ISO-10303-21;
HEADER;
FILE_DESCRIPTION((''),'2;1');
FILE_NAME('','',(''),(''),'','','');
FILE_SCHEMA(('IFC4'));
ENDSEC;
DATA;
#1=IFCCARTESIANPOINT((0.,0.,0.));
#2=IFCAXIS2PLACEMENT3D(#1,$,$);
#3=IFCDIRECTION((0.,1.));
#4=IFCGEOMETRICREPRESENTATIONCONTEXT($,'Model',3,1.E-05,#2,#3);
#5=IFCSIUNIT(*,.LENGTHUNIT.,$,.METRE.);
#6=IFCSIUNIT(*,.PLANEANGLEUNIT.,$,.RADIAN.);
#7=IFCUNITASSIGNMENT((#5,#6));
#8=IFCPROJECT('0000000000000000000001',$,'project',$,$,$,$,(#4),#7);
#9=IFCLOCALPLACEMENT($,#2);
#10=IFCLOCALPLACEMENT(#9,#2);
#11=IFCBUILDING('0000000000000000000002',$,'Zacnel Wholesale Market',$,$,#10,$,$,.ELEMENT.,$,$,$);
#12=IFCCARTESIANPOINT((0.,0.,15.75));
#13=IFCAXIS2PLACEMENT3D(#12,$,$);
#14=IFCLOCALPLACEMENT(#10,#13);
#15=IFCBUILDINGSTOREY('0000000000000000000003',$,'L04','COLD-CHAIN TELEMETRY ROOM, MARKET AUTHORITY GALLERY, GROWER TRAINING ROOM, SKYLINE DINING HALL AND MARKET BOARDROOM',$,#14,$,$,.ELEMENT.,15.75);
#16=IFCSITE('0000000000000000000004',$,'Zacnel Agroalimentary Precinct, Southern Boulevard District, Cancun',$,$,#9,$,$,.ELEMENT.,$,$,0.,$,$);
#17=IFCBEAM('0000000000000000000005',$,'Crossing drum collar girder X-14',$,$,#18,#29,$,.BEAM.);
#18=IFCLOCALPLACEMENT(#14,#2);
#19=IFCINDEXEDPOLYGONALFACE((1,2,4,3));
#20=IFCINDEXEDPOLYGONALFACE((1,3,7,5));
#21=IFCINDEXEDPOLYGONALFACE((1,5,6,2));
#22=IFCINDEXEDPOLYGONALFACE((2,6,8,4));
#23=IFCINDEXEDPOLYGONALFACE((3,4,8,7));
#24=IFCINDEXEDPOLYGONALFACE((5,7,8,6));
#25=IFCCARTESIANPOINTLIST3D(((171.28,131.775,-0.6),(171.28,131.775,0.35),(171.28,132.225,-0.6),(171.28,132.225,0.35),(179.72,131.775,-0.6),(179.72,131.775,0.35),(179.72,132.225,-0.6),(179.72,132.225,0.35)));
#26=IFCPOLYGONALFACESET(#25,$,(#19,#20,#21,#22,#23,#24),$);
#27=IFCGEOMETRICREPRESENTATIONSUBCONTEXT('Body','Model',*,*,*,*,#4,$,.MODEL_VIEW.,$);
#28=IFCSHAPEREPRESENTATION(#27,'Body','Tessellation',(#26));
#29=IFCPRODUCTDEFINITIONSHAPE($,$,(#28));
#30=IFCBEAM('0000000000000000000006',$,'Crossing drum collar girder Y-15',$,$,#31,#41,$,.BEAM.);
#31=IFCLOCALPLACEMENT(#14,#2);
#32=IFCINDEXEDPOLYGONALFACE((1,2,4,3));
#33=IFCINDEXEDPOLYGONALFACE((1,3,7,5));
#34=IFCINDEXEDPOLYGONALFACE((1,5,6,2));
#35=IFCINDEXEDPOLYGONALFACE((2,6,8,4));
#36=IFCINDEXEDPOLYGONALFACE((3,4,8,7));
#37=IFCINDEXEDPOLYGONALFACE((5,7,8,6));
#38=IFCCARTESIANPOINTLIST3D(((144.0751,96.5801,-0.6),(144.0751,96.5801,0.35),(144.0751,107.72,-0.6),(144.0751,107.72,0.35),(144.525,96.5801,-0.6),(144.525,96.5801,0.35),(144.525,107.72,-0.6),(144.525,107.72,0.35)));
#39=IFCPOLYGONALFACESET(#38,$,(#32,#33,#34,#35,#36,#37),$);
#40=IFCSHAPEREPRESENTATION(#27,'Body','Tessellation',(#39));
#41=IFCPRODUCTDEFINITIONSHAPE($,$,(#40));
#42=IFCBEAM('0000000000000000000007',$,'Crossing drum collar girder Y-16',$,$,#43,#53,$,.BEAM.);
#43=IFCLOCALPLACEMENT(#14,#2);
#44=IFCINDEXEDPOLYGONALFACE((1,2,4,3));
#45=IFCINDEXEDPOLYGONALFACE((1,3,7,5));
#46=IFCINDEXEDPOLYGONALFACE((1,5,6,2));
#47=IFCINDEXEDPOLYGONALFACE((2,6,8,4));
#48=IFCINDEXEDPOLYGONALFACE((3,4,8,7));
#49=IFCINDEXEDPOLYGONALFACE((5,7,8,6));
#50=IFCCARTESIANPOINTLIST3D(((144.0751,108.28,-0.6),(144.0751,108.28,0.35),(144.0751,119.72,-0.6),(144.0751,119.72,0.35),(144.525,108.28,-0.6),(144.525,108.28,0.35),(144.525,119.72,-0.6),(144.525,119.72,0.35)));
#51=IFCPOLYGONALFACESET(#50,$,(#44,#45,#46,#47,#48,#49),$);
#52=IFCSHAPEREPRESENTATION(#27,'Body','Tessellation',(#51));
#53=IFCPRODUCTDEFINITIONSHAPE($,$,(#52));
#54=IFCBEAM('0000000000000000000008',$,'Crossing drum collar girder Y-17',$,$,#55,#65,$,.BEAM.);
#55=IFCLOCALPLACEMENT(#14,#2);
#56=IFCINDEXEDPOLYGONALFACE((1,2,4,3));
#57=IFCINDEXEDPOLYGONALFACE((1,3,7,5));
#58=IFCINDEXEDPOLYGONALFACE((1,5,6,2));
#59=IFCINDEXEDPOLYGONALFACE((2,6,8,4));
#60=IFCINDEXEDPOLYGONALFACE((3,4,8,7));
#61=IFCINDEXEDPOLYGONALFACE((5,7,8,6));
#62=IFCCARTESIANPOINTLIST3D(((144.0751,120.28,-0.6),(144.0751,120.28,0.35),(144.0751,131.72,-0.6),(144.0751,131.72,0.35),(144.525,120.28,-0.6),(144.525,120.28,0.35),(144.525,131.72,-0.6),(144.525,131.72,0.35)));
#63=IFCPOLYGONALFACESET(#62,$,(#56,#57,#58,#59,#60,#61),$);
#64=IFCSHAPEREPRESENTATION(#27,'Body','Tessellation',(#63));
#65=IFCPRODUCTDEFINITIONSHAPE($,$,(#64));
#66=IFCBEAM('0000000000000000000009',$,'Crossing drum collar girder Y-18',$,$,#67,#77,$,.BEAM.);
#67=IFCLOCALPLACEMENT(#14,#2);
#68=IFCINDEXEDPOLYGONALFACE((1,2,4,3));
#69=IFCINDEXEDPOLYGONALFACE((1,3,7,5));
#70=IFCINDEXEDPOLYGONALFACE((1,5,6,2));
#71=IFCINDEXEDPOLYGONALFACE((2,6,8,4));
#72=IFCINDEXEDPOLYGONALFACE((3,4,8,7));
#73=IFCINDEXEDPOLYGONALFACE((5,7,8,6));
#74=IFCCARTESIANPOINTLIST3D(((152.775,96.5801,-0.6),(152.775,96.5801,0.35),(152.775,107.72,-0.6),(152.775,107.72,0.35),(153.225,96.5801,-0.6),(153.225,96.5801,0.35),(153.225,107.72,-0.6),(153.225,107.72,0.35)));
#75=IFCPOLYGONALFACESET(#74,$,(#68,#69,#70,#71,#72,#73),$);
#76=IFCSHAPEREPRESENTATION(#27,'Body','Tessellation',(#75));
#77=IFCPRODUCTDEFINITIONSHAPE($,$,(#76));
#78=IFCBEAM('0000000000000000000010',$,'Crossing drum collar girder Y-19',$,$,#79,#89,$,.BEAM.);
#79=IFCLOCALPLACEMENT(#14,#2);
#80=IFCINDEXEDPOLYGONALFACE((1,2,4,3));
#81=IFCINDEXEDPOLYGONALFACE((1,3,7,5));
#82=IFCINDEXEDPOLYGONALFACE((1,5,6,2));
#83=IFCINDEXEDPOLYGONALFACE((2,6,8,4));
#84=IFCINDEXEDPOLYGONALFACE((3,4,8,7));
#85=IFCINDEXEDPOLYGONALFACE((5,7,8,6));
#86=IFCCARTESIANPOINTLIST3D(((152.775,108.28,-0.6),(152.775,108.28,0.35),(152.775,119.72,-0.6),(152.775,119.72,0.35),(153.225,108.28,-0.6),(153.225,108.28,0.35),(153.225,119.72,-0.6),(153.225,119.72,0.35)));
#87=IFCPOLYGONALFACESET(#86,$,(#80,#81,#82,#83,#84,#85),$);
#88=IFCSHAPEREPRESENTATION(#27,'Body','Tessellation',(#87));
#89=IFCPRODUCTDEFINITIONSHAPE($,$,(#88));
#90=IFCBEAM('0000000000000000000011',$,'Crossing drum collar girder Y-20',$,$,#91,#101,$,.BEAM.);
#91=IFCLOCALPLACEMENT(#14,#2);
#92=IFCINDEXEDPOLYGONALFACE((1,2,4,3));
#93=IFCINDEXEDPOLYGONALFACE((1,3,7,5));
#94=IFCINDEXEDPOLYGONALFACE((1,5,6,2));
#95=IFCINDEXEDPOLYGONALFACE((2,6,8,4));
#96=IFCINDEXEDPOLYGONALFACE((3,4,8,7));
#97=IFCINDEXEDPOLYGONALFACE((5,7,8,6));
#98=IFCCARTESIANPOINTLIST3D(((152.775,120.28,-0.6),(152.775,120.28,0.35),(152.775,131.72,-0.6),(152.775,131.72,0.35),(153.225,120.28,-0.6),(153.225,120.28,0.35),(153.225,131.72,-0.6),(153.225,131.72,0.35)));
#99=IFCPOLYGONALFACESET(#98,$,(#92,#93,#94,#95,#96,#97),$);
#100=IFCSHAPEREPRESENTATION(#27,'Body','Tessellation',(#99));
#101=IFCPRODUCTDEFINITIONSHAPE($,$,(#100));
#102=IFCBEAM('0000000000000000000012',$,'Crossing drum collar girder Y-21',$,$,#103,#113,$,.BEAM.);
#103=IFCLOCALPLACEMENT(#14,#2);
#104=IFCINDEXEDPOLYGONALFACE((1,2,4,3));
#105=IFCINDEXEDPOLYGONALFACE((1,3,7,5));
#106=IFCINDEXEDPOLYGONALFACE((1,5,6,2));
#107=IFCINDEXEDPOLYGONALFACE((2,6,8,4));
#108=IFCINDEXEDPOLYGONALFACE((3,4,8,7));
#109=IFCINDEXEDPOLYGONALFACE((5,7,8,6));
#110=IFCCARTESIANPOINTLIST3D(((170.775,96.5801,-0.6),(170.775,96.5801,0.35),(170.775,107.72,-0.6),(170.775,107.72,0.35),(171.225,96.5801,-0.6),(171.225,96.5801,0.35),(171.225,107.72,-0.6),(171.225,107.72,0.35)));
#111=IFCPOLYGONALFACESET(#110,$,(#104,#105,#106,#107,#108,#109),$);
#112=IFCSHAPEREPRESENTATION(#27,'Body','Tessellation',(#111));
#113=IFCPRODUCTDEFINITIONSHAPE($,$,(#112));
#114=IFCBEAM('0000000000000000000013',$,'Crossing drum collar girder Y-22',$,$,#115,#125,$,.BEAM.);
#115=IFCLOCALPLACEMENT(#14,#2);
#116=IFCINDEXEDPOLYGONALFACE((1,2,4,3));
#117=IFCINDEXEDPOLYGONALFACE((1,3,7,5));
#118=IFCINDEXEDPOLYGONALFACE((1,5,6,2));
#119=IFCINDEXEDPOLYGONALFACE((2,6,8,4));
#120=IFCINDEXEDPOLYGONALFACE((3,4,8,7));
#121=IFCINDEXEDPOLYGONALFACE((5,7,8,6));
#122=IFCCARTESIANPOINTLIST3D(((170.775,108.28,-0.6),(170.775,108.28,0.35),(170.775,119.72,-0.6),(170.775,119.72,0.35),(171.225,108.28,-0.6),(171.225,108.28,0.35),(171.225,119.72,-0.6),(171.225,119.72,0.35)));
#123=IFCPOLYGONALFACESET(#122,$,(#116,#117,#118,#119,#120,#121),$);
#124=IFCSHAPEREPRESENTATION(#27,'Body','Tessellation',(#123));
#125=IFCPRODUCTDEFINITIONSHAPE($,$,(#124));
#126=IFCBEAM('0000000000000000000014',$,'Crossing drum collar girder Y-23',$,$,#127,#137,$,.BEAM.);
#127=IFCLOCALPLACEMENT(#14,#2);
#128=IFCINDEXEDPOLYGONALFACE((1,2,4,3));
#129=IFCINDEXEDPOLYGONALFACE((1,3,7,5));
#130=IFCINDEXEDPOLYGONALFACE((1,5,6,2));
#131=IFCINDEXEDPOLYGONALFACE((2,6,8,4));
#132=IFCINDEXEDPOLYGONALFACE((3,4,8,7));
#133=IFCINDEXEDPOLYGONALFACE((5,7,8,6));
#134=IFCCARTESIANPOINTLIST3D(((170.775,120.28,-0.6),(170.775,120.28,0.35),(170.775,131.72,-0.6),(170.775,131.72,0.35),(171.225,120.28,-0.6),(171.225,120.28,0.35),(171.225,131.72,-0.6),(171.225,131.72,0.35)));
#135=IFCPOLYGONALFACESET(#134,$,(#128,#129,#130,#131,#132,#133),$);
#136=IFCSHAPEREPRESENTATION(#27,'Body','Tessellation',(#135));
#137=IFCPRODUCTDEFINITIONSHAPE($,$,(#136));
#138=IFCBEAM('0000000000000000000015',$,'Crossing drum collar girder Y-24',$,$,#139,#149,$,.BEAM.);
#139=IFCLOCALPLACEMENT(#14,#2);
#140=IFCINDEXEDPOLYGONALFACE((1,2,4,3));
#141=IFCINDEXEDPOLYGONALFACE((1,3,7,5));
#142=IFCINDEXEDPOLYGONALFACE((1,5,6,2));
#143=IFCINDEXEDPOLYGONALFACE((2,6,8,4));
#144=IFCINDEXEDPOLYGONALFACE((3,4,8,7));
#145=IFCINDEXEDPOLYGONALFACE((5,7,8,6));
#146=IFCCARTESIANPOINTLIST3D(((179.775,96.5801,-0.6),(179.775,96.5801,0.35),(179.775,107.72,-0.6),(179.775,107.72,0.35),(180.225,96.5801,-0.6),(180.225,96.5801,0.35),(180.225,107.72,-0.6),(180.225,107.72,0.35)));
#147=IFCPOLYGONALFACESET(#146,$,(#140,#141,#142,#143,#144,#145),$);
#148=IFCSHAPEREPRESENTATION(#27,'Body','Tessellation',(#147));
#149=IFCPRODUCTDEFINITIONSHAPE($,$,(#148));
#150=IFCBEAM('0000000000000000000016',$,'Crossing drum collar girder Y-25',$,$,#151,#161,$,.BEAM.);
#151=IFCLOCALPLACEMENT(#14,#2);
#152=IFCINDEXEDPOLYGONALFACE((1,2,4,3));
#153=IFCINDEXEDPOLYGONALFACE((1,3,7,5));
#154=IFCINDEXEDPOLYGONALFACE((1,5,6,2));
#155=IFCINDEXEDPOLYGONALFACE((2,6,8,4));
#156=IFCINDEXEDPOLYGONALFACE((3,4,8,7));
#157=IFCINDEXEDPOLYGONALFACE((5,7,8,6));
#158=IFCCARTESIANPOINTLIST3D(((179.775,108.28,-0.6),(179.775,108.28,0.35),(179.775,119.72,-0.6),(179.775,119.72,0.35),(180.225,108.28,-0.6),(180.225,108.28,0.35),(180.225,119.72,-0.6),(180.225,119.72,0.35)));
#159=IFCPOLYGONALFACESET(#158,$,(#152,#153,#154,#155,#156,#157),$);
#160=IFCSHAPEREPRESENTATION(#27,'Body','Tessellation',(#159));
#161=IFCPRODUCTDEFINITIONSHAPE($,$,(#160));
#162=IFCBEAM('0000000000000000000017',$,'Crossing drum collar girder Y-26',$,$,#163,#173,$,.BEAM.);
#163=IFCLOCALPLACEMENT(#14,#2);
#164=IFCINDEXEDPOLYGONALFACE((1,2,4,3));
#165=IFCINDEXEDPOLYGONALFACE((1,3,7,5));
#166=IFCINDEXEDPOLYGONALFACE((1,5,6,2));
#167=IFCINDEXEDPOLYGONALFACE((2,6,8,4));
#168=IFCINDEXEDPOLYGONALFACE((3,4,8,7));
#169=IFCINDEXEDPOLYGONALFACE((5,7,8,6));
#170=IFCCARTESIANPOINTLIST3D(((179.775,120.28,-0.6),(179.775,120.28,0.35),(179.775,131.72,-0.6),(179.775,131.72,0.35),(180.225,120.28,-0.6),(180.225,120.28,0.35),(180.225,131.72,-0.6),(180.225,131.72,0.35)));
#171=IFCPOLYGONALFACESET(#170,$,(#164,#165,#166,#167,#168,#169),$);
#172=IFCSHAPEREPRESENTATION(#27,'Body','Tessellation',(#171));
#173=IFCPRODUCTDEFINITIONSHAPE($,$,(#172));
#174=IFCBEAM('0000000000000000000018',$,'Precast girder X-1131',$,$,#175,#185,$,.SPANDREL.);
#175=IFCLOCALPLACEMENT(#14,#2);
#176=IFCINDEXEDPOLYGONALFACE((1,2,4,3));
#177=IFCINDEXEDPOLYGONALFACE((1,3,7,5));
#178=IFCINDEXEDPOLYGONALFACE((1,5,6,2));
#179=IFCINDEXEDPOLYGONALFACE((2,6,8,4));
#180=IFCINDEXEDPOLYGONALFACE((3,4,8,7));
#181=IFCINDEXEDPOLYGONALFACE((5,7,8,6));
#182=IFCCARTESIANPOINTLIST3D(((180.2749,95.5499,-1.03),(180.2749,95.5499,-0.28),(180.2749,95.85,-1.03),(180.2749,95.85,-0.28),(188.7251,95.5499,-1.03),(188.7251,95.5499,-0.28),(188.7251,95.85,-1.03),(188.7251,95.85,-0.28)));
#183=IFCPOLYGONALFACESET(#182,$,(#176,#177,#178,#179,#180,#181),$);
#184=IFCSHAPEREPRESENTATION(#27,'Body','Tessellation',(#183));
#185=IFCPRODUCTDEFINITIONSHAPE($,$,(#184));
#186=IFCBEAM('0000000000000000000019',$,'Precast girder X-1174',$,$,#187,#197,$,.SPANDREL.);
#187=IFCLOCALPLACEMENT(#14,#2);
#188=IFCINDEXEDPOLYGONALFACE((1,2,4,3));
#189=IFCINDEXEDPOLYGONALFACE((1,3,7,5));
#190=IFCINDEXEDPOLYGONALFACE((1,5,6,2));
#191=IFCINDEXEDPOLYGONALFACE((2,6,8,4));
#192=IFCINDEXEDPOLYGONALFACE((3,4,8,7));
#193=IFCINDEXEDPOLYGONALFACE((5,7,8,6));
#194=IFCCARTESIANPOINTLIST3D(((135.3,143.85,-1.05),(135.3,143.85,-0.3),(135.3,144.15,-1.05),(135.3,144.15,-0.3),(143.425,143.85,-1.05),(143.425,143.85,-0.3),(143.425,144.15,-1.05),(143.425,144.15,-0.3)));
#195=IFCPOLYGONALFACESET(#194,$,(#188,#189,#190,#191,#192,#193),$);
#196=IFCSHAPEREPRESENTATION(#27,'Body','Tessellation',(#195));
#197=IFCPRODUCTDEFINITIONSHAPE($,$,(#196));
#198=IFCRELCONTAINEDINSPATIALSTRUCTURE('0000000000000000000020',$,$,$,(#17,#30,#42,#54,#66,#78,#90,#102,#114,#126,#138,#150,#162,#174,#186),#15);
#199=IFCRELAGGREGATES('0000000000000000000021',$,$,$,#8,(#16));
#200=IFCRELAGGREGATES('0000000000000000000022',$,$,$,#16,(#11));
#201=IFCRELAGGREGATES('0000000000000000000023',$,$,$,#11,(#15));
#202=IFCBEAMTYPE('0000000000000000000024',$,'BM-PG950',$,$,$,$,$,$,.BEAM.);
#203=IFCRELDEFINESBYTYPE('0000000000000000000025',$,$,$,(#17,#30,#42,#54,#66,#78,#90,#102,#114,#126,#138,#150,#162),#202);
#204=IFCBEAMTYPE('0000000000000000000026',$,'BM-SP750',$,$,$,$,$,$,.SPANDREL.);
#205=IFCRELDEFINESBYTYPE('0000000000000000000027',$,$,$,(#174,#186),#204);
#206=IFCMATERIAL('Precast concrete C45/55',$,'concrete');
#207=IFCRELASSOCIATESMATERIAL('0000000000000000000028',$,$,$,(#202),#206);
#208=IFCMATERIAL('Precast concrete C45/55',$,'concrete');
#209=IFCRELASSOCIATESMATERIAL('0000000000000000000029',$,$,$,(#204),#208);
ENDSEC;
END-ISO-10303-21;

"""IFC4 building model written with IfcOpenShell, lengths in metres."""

from ifc_helpers import new_model, si_unit, direction, frame, origin, origin_2d, place, context, subcontext, project, spatial, rectangle, extrude, material, material_profile, profile_set, type_object, element, save


model = new_model("IFC4")

# Units and contexts
model_context = context("Model", 3, precision=1e-05, world=origin(), true_north=direction((0.0, 1.0)))
body_context = subcontext(model_context, "Body", "Model", "MODEL_VIEW")
ifc_project = project(units=[si_unit("LENGTHUNIT", "METRE"), si_unit("PLANEANGLEUNIT", "RADIAN")], contexts=[model_context])

# Site, building, storey
site_placement = place(None, origin())
site = spatial("IfcSite", under=ifc_project, at=site_placement, Name="Zacnel Agroalimentary Precinct, Southern Boulevard District, Cancun", CompositionType="ELEMENT", RefElevation=0.0)
building_placement = place(site_placement, origin())
building = spatial("IfcBuilding", under=site, at=building_placement, Name="Zacnel Wholesale Market", CompositionType="ELEMENT")
storey_placement = place(building_placement, frame((0.0, 0.0, 15.75)))
storey = spatial("IfcBuildingStorey", under=building, at=storey_placement, Name="L04", Description="COLD-CHAIN TELEMETRY ROOM, MARKET AUTHORITY GALLERY, GROWER TRAINING ROOM, SKYLINE DINING HALL AND MARKET BOARDROOM", CompositionType="ELEMENT", Elevation=15.75)

# Beams
ifc_material_1 = material(Name="Precast concrete C45/55", Category="concrete")
ifc_material_profile_1 = material_profile(ifc_material_1, rectangle(XDim=0.45, YDim=0.95, at=origin_2d()), Name="PG 450x950")
ifc_profile_set_1 = profile_set([ifc_material_profile_1], Name="Precast concrete C45/55")
beam_type_1 = type_object("IfcBeamType", Name="BM-PG950", PredefinedType="BEAM", material=ifc_profile_set_1)
for number, where, z_axis, x_axis, name in (
    (1, (171.28, 132.0, -0.125), (1.0, 0.0, 0.0), (0.0, 1.0, 0.0), "Crossing drum collar girder X-14"),
):
    element("IfcBeam", number, at=place(storey_placement, frame(where, z_axis=z_axis, x_axis=x_axis)), inside=storey, type_object=beam_type_1, Name=name, PredefinedType="BEAM", context=body_context, shape_type="SweptSolid", body=[
        extrude(rectangle(XDim=0.45, YDim=0.95, at=origin_2d()), origin(), (0.0, 0.0, 1.0), 8.4399),
    ])
beam_1_placement = place(storey_placement, frame((144.3, 96.5801, -0.125), z_axis=(0.0, 1.0, 0.0), x_axis=(-1.0, 0.0, 0.0)))
element("IfcBeam", 2, at=beam_1_placement, inside=storey, type_object=beam_type_1, Name="Crossing drum collar girder Y-15", PredefinedType="BEAM", context=body_context, shape_type="SweptSolid", body=[
    extrude(rectangle(XDim=0.45, YDim=0.95, at=origin_2d()), origin(), (0.0, 0.0, 1.0), 11.1399),
])
for number, where, z_axis, x_axis, name in (
    (3, (144.3, 108.28, -0.125), (0.0, 1.0, 0.0), (-1.0, 0.0, 0.0), "Crossing drum collar girder Y-16"),
    (4, (144.3, 120.28, -0.125), (0.0, 1.0, 0.0), (-1.0, 0.0, 0.0), "Crossing drum collar girder Y-17"),
):
    element("IfcBeam", number, at=place(storey_placement, frame(where, z_axis=z_axis, x_axis=x_axis)), inside=storey, type_object=beam_type_1, Name=name, PredefinedType="BEAM", context=body_context, shape_type="SweptSolid", body=[
        extrude(rectangle(XDim=0.45, YDim=0.95, at=origin_2d()), origin(), (0.0, 0.0, 1.0), 11.4399),
    ])
beam_2_placement = place(storey_placement, frame((153.0, 96.5801, -0.125), z_axis=(0.0, 1.0, 0.0), x_axis=(-1.0, 0.0, 0.0)))
element("IfcBeam", 5, at=beam_2_placement, inside=storey, type_object=beam_type_1, Name="Crossing drum collar girder Y-18", PredefinedType="BEAM", context=body_context, shape_type="SweptSolid", body=[
    extrude(rectangle(XDim=0.45, YDim=0.95, at=origin_2d()), origin(), (0.0, 0.0, 1.0), 11.1399),
])
for number, where, z_axis, x_axis, name in (
    (6, (153.0, 108.28, -0.125), (0.0, 1.0, 0.0), (-1.0, 0.0, 0.0), "Crossing drum collar girder Y-19"),
    (7, (153.0, 120.28, -0.125), (0.0, 1.0, 0.0), (-1.0, 0.0, 0.0), "Crossing drum collar girder Y-20"),
):
    element("IfcBeam", number, at=place(storey_placement, frame(where, z_axis=z_axis, x_axis=x_axis)), inside=storey, type_object=beam_type_1, Name=name, PredefinedType="BEAM", context=body_context, shape_type="SweptSolid", body=[
        extrude(rectangle(XDim=0.45, YDim=0.95, at=origin_2d()), origin(), (0.0, 0.0, 1.0), 11.4399),
    ])
beam_3_placement = place(storey_placement, frame((171.0, 96.5801, -0.125), z_axis=(0.0, 1.0, 0.0), x_axis=(-1.0, 0.0, 0.0)))
element("IfcBeam", 8, at=beam_3_placement, inside=storey, type_object=beam_type_1, Name="Crossing drum collar girder Y-21", PredefinedType="BEAM", context=body_context, shape_type="SweptSolid", body=[
    extrude(rectangle(XDim=0.45, YDim=0.95, at=origin_2d()), origin(), (0.0, 0.0, 1.0), 11.1399),
])
for number, where, z_axis, x_axis, name in (
    (9, (171.0, 108.28, -0.125), (0.0, 1.0, 0.0), (-1.0, 0.0, 0.0), "Crossing drum collar girder Y-22"),
    (10, (171.0, 120.28, -0.125), (0.0, 1.0, 0.0), (-1.0, 0.0, 0.0), "Crossing drum collar girder Y-23"),
):
    element("IfcBeam", number, at=place(storey_placement, frame(where, z_axis=z_axis, x_axis=x_axis)), inside=storey, type_object=beam_type_1, Name=name, PredefinedType="BEAM", context=body_context, shape_type="SweptSolid", body=[
        extrude(rectangle(XDim=0.45, YDim=0.95, at=origin_2d()), origin(), (0.0, 0.0, 1.0), 11.4399),
    ])
beam_4_placement = place(storey_placement, frame((180.0, 96.5801, -0.125), z_axis=(0.0, 1.0, 0.0), x_axis=(-1.0, 0.0, 0.0)))
element("IfcBeam", 11, at=beam_4_placement, inside=storey, type_object=beam_type_1, Name="Crossing drum collar girder Y-24", PredefinedType="BEAM", context=body_context, shape_type="SweptSolid", body=[
    extrude(rectangle(XDim=0.45, YDim=0.95, at=origin_2d()), origin(), (0.0, 0.0, 1.0), 11.1399),
])
for number, where, z_axis, x_axis, name in (
    (12, (180.0, 108.28, -0.125), (0.0, 1.0, 0.0), (-1.0, 0.0, 0.0), "Crossing drum collar girder Y-25"),
    (13, (180.0, 120.28, -0.125), (0.0, 1.0, 0.0), (-1.0, 0.0, 0.0), "Crossing drum collar girder Y-26"),
):
    element("IfcBeam", number, at=place(storey_placement, frame(where, z_axis=z_axis, x_axis=x_axis)), inside=storey, type_object=beam_type_1, Name=name, PredefinedType="BEAM", context=body_context, shape_type="SweptSolid", body=[
        extrude(rectangle(XDim=0.45, YDim=0.95, at=origin_2d()), origin(), (0.0, 0.0, 1.0), 11.4399),
    ])
ifc_material_2 = material(Name="Precast concrete C45/55", Category="concrete")
ifc_material_profile_2 = material_profile(ifc_material_2, rectangle(XDim=0.3, YDim=0.75, at=origin_2d()), Name="SP 300x750")
ifc_profile_set_2 = profile_set([ifc_material_profile_2], Name="Precast concrete C45/55")
beam_type_2 = type_object("IfcBeamType", Name="BM-SP750", PredefinedType="SPANDREL", material=ifc_profile_set_2)
beam_5_placement = place(storey_placement, frame((180.2749, 95.7, -0.655), z_axis=(1.0, 0.0, 0.0), x_axis=(0.0, 1.0, 0.0)))
element("IfcBeam", 14, at=beam_5_placement, inside=storey, type_object=beam_type_2, Name="Precast girder X-1131", PredefinedType="SPANDREL", context=body_context, shape_type="SweptSolid", body=[
    extrude(rectangle(XDim=0.3, YDim=0.75, at=origin_2d()), origin(), (0.0, 0.0, 1.0), 8.4502),
])
beam_6_placement = place(storey_placement, frame((135.3, 144.0, -0.675), z_axis=(1.0, 0.0, 0.0), x_axis=(0.0, 1.0, 0.0)))
element("IfcBeam", 15, at=beam_6_placement, inside=storey, type_object=beam_type_2, Name="Precast girder X-1174", PredefinedType="SPANDREL", context=body_context, shape_type="SweptSolid", body=[
    extrude(rectangle(XDim=0.3, YDim=0.75, at=origin_2d()), origin(), (0.0, 0.0, 1.0), 8.125),
])

save(model, "model.ifc")
